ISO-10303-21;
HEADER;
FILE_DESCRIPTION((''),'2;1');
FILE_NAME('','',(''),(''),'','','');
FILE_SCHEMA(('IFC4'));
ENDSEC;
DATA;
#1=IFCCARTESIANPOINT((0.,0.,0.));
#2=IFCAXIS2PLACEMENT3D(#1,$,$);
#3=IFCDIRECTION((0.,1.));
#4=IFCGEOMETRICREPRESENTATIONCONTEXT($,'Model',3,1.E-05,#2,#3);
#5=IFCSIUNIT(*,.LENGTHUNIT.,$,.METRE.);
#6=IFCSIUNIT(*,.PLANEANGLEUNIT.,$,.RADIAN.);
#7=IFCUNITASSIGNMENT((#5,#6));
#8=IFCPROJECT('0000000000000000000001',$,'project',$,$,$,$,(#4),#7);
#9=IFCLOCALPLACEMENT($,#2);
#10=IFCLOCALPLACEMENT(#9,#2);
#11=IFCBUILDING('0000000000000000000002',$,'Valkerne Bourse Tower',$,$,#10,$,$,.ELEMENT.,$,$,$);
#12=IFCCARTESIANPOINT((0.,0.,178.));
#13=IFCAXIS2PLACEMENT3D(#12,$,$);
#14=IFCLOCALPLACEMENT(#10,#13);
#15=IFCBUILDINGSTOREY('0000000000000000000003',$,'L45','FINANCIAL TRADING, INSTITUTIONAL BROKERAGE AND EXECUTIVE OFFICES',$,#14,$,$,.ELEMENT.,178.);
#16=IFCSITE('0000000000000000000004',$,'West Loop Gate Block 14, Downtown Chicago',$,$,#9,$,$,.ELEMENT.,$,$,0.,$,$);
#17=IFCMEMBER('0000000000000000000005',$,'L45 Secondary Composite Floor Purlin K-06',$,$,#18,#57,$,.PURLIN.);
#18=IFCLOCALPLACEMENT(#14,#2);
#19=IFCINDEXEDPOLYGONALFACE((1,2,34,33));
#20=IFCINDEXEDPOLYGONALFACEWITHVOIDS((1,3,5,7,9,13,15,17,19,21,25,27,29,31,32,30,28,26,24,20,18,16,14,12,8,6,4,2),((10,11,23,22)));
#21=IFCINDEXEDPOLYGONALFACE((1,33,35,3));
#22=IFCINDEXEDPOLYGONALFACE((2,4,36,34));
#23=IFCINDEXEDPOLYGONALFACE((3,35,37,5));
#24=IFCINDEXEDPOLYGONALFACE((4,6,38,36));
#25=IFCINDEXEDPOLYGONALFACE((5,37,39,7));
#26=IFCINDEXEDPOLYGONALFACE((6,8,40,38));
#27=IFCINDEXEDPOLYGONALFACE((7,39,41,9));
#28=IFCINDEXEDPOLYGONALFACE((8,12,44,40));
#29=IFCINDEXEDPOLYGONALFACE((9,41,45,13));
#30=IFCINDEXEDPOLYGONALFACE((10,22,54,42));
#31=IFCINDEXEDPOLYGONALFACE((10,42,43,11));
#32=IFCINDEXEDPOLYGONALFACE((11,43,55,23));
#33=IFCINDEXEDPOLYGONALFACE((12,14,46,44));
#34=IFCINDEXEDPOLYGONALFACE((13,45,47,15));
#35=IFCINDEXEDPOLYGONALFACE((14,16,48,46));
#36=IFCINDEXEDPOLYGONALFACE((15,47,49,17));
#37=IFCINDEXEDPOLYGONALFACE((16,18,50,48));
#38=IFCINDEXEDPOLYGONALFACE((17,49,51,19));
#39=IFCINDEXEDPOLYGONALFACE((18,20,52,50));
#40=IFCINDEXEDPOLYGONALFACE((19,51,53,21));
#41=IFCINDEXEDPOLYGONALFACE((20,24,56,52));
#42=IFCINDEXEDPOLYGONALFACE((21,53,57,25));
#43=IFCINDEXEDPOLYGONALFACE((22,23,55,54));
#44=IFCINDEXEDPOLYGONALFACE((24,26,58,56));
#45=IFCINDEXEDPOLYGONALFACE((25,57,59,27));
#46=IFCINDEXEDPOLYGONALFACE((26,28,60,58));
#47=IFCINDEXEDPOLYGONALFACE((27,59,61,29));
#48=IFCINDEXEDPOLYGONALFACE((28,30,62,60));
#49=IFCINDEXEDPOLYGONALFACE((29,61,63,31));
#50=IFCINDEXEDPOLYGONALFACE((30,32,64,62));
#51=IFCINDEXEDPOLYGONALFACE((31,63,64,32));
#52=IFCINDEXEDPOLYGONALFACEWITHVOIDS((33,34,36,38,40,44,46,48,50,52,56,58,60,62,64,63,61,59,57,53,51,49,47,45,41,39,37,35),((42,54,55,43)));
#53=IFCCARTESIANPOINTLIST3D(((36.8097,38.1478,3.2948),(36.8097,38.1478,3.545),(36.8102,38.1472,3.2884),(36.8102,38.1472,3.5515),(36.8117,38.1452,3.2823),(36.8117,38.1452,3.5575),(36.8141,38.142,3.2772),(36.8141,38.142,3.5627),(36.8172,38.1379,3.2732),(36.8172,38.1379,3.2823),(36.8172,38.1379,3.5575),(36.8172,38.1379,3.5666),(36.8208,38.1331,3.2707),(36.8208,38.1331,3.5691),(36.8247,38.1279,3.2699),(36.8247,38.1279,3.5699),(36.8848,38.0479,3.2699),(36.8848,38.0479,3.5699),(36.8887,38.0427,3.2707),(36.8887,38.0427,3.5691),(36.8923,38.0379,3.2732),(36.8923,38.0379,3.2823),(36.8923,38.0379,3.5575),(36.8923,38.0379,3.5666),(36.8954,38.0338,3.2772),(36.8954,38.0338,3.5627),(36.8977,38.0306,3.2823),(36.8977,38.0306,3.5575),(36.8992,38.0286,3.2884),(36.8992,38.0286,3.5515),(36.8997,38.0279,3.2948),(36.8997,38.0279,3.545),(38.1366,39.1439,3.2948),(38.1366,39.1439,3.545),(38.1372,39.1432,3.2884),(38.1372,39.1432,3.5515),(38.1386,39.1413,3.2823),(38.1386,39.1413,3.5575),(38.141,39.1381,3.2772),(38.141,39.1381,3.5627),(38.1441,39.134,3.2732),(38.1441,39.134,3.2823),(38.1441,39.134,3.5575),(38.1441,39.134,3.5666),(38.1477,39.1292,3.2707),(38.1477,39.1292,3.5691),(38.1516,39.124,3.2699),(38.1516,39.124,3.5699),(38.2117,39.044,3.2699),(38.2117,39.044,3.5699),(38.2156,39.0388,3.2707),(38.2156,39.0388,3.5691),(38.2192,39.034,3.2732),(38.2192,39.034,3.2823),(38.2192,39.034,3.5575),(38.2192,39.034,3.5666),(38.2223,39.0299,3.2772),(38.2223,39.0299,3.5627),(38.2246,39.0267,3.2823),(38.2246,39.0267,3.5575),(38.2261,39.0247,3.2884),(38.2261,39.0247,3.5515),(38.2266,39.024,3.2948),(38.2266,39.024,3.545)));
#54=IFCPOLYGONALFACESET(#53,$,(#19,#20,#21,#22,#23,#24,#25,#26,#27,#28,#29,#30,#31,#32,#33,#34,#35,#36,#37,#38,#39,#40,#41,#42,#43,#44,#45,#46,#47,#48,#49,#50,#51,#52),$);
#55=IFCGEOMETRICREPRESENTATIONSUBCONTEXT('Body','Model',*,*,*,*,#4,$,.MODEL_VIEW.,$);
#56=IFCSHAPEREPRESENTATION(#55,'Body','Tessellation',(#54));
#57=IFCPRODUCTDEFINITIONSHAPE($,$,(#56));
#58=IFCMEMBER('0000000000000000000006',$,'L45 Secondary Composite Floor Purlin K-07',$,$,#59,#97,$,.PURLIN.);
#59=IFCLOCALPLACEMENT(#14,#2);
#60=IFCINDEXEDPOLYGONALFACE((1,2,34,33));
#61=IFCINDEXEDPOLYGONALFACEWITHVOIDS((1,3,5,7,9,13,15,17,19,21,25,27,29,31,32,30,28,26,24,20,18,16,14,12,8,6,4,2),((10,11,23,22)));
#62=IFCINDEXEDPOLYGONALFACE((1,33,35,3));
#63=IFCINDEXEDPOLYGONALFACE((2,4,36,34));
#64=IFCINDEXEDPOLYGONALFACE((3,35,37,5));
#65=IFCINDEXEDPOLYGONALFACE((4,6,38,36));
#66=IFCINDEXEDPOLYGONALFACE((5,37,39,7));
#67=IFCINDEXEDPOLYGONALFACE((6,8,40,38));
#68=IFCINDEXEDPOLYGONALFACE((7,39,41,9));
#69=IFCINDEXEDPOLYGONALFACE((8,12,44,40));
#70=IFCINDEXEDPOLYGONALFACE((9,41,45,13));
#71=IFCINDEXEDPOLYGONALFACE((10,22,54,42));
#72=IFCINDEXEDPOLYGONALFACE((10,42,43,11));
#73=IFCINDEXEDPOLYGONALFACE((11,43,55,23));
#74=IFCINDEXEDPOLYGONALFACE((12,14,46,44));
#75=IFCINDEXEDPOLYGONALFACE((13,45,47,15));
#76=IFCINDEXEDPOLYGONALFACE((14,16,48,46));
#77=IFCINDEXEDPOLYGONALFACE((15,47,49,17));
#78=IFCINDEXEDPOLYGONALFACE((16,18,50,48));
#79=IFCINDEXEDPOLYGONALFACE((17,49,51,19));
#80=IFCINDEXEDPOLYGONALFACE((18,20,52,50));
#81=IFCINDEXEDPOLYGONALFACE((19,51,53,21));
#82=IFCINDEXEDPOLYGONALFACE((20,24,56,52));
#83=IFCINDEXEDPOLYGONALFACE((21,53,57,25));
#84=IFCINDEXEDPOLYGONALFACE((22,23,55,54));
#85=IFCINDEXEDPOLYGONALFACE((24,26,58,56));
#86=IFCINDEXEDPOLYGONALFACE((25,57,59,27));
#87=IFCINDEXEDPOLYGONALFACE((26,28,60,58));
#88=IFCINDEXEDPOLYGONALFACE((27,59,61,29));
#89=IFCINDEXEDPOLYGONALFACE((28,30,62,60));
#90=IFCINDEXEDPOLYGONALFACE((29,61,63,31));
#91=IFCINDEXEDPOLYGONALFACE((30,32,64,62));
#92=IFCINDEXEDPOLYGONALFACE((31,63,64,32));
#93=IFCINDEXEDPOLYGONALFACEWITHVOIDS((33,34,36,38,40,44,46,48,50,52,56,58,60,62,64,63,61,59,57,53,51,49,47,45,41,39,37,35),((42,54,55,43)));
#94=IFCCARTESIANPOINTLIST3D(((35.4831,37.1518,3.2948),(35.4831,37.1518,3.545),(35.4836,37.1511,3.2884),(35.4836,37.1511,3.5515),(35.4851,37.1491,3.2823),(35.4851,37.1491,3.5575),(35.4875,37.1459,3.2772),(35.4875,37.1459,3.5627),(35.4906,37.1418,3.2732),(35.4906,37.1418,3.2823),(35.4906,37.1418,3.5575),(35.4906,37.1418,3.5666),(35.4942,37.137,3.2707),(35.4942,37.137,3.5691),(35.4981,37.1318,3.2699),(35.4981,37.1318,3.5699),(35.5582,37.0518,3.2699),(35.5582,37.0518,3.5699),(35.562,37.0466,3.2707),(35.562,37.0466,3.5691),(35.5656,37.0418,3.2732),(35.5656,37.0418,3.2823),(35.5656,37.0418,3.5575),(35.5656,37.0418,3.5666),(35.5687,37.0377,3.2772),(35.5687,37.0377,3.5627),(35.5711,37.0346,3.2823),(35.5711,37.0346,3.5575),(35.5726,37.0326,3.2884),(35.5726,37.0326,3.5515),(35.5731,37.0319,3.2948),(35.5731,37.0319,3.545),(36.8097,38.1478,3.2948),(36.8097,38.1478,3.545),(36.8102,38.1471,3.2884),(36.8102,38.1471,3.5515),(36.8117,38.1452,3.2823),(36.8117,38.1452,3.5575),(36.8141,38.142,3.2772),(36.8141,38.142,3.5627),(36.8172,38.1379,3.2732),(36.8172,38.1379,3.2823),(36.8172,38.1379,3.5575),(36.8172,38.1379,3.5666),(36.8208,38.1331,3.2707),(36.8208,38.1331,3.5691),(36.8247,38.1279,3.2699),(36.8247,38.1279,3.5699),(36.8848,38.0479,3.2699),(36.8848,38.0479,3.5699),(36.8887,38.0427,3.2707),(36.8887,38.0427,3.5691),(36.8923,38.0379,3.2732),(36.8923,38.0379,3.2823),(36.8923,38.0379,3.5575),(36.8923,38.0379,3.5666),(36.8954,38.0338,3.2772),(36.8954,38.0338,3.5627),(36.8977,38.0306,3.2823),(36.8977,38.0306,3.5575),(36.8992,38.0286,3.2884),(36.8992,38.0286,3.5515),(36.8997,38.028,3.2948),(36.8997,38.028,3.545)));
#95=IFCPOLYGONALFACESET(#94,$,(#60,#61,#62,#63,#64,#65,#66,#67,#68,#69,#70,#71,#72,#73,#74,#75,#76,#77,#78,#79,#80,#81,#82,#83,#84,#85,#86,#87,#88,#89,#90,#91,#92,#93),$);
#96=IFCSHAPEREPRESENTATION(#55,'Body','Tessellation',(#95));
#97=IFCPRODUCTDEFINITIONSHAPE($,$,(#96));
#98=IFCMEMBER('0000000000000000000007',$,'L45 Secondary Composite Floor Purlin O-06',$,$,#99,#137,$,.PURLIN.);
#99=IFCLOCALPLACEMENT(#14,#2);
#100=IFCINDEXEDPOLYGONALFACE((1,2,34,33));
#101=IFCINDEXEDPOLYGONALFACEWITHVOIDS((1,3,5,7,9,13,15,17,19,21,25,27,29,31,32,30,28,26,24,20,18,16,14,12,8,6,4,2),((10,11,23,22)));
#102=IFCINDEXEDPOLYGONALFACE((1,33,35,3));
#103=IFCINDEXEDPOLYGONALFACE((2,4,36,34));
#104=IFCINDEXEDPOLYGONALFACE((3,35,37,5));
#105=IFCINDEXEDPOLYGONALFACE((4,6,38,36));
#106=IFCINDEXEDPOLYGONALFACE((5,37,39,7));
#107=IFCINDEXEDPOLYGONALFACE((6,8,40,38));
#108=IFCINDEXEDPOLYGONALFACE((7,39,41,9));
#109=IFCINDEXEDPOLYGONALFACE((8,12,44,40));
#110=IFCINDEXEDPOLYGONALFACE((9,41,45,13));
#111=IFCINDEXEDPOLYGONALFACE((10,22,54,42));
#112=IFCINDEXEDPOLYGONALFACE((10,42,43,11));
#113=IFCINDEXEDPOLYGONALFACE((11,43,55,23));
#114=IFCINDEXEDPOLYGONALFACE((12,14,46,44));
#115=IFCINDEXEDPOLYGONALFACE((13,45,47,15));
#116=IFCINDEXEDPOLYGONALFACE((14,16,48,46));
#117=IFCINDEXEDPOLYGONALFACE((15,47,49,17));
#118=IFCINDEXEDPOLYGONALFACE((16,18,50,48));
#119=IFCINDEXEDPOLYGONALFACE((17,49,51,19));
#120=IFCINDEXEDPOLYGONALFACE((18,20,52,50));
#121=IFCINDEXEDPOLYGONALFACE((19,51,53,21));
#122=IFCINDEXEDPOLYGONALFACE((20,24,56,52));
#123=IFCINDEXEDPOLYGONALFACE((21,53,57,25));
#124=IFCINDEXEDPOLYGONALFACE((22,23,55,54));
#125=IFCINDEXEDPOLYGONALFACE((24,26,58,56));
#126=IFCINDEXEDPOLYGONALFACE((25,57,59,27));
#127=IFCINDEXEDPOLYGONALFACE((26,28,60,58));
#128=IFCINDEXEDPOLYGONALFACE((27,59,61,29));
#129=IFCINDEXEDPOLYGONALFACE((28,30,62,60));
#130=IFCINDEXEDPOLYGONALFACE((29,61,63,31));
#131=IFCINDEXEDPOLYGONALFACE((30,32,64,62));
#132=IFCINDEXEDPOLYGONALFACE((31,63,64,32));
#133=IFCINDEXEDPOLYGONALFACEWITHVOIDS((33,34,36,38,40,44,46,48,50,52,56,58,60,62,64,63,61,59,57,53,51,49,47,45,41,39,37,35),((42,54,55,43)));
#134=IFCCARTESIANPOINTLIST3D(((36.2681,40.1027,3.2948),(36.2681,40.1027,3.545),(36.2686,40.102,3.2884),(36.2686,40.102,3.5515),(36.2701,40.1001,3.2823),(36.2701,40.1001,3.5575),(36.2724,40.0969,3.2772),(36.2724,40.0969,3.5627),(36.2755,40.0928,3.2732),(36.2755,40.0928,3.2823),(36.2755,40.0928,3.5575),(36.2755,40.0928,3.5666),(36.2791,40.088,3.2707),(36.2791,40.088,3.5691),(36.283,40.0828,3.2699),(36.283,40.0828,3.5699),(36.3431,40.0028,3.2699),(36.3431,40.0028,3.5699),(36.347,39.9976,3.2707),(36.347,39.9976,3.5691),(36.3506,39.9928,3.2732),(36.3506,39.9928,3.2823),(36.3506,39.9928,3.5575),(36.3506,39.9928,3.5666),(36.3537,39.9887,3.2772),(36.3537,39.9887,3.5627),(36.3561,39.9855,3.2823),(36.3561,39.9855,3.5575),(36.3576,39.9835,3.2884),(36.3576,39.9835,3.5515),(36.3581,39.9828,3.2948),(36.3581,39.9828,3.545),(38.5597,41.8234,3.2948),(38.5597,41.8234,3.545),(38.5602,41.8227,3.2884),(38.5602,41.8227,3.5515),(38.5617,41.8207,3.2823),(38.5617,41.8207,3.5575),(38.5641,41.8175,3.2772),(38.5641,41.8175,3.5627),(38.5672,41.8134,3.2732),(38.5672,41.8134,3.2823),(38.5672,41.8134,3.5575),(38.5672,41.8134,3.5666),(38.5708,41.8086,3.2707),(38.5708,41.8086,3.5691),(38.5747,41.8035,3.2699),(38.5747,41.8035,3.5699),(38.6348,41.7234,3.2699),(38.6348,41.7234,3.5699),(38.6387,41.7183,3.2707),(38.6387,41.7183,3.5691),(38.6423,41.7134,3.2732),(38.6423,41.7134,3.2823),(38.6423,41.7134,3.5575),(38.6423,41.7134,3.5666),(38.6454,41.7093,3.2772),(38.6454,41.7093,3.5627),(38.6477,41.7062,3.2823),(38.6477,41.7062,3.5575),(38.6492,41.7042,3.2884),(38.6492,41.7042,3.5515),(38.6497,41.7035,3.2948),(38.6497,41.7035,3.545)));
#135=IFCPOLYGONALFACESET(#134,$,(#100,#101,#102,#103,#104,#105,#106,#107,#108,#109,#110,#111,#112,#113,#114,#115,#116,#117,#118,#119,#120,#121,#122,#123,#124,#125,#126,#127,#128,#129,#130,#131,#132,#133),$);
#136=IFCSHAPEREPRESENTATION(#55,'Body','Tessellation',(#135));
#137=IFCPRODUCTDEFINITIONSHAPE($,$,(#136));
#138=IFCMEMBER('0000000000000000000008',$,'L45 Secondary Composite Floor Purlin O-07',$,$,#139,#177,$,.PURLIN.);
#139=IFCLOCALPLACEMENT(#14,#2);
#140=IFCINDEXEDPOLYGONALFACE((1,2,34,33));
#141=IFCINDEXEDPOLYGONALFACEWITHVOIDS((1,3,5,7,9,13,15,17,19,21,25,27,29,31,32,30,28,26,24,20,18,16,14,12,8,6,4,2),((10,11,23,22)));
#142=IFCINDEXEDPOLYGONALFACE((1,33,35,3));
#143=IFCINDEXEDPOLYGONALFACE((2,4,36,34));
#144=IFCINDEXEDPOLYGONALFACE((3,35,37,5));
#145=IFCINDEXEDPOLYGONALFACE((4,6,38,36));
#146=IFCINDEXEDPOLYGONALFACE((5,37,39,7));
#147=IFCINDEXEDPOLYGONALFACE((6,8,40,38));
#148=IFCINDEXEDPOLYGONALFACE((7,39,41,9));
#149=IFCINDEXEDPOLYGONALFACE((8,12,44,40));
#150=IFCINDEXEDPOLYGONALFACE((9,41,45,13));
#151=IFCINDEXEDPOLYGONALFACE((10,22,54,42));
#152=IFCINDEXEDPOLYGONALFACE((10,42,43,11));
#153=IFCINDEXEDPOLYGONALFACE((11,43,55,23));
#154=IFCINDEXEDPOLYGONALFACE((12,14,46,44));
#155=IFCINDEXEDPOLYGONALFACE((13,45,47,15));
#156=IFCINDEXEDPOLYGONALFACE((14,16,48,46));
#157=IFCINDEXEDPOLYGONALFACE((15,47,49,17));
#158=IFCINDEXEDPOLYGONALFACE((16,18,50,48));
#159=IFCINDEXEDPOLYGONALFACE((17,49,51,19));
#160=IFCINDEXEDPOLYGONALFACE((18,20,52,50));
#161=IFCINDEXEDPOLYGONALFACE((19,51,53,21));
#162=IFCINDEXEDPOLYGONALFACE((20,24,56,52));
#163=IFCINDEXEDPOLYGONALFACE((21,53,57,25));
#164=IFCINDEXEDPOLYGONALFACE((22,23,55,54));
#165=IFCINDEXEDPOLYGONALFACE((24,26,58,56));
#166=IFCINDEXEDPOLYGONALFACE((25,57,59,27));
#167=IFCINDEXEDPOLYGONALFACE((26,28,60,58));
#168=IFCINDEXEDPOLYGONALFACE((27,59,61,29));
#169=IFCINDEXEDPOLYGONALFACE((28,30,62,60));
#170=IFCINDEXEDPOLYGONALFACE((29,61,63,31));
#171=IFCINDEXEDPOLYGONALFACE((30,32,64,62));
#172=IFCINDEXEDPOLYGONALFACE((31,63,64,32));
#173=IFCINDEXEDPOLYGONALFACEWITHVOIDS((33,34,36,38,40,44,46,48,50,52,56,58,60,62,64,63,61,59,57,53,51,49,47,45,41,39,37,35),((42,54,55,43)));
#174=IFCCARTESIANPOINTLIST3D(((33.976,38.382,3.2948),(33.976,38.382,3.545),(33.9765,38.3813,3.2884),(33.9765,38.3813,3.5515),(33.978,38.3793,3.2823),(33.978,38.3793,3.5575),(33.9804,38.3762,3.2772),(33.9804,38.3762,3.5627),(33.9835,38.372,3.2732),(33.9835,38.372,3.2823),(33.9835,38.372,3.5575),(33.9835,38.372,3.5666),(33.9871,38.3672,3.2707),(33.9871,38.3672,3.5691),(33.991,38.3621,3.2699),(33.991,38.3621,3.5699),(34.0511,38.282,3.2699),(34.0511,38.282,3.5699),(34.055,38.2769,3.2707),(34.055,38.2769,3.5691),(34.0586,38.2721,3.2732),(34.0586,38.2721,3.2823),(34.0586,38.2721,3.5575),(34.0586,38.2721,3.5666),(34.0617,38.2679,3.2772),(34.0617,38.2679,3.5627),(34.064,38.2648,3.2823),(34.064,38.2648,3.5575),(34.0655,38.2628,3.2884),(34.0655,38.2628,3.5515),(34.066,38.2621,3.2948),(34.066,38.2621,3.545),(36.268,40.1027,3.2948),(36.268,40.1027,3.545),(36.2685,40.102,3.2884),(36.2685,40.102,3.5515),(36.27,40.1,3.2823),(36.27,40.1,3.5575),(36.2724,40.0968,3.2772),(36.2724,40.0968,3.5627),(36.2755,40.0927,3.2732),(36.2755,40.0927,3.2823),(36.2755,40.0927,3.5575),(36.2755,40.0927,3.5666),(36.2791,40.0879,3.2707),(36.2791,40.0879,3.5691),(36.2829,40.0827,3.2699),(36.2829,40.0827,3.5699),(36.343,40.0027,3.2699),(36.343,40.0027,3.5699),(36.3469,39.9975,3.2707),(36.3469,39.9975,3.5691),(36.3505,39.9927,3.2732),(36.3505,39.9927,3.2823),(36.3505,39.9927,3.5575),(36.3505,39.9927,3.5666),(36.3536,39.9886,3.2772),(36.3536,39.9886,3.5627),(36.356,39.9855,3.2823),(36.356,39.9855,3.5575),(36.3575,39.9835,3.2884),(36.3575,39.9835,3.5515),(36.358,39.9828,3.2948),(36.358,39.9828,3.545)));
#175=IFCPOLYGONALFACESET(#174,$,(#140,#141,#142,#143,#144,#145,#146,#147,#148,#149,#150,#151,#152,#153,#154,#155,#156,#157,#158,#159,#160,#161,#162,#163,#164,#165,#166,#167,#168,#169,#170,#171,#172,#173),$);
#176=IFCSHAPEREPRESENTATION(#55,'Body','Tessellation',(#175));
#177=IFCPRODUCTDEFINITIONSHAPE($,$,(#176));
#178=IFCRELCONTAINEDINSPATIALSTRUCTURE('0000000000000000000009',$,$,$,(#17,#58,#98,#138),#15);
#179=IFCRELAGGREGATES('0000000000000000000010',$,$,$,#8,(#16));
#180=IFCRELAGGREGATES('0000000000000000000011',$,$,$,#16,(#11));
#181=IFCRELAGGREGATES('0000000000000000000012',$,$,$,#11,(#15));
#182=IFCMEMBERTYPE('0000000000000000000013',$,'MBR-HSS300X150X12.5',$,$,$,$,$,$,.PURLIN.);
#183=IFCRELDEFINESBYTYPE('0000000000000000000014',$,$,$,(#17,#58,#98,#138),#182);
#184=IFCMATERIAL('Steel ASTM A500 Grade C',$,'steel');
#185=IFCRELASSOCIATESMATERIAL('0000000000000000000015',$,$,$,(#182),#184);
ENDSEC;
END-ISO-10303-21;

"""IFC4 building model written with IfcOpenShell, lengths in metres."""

from ifc_helpers import new_model, si_unit, direction, frame, origin, origin_2d, place, context, subcontext, project, spatial, hollow_rectangle, extrude, material, material_profile, profile_set, type_object, element, save


model = new_model("IFC4")

# Units and contexts
model_context = context("Model", 3, precision=1e-05, world=origin(), true_north=direction((0.0, 1.0)))
body_context = subcontext(model_context, "Body", "Model", "MODEL_VIEW")
ifc_project = project(units=[si_unit("LENGTHUNIT", "METRE"), si_unit("PLANEANGLEUNIT", "RADIAN")], contexts=[model_context])

# Site, building, storey
site_placement = place(None, origin())
site = spatial("IfcSite", under=ifc_project, at=site_placement, Name="West Loop Gate Block 14, Downtown Chicago", CompositionType="ELEMENT", RefElevation=0.0)
building_placement = place(site_placement, origin())
building = spatial("IfcBuilding", under=site, at=building_placement, Name="Valkerne Bourse Tower", CompositionType="ELEMENT")
storey_placement = place(building_placement, frame((0.0, 0.0, 178.0)))
storey = spatial("IfcBuildingStorey", under=building, at=storey_placement, Name="L45", Description="FINANCIAL TRADING, INSTITUTIONAL BROKERAGE AND EXECUTIVE OFFICES", CompositionType="ELEMENT", Elevation=178.0)

# Members
ifc_material_1 = material(Name="Steel ASTM A500 Grade C", Category="steel")
ifc_material_profile_1 = material_profile(ifc_material_1, hollow_rectangle(XDim=0.1499, YDim=0.3, WallThickness=0.0125, OuterFilletRadius=0.0249, at=origin_2d()), Name="HSS300X150X12.5")
ifc_profile_set_1 = profile_set([ifc_material_profile_1], Name="Steel ASTM A500 Grade C")
member_type_1 = type_object("IfcMemberType", Name="MBR-HSS300X150X12.5", PredefinedType="PURLIN", material=ifc_profile_set_1)
member_1_placement = place(storey_placement, frame((38.1816, 39.084, 3.4199), z_axis=(-0.799735, -0.600353, 0.0), x_axis=(0.600353, -0.799735, 0.0)))
element("IfcMember", 1, at=member_1_placement, inside=storey, type_object=member_type_1, Name="L45 Secondary Composite Floor Purlin K-06", PredefinedType="PURLIN", context=body_context, shape_type="SweptSolid", body=[
    extrude(hollow_rectangle(XDim=0.1499, YDim=0.3, WallThickness=0.0125, OuterFilletRadius=0.0249, at=origin_2d()), origin(), (0.0, 0.0, 1.0), 1.6592),
])
member_2_placement = place(storey_placement, frame((36.8547, 38.0879, 3.4199), z_axis=(-0.799682, -0.600424, 0.0), x_axis=(0.600424, -0.799682, 0.0)))
element("IfcMember", 2, at=member_2_placement, inside=storey, type_object=member_type_1, Name="L45 Secondary Composite Floor Purlin K-07", PredefinedType="PURLIN", context=body_context, shape_type="SweptSolid", body=[
    extrude(hollow_rectangle(XDim=0.1499, YDim=0.3, WallThickness=0.0125, OuterFilletRadius=0.0249, at=origin_2d()), origin(), (0.0, 0.0, 1.0), 1.6589),
])
member_3_placement = place(storey_placement, frame((38.6047, 41.7634, 3.4199), z_axis=(-0.799683, -0.600422, 0.0), x_axis=(0.600422, -0.799683, 0.0)))
element("IfcMember", 3, at=member_3_placement, inside=storey, type_object=member_type_1, Name="L45 Secondary Composite Floor Purlin O-06", PredefinedType="PURLIN", context=body_context, shape_type="SweptSolid", body=[
    extrude(hollow_rectangle(XDim=0.1499, YDim=0.3, WallThickness=0.0125, OuterFilletRadius=0.0249, at=origin_2d()), origin(), (0.0, 0.0, 1.0), 2.8657),
])
member_4_placement = place(storey_placement, frame((36.313, 40.0427, 3.4199), z_axis=(-0.799714, -0.600382, 0.0), x_axis=(0.600382, -0.799714, 0.0)))
element("IfcMember", 4, at=member_4_placement, inside=storey, type_object=member_type_1, Name="L45 Secondary Composite Floor Purlin O-07", PredefinedType="PURLIN", context=body_context, shape_type="SweptSolid", body=[
    extrude(hollow_rectangle(XDim=0.1499, YDim=0.3, WallThickness=0.0125, OuterFilletRadius=0.0249, at=origin_2d()), origin(), (0.0, 0.0, 1.0), 2.866),
])

save(model, "model.ifc")
